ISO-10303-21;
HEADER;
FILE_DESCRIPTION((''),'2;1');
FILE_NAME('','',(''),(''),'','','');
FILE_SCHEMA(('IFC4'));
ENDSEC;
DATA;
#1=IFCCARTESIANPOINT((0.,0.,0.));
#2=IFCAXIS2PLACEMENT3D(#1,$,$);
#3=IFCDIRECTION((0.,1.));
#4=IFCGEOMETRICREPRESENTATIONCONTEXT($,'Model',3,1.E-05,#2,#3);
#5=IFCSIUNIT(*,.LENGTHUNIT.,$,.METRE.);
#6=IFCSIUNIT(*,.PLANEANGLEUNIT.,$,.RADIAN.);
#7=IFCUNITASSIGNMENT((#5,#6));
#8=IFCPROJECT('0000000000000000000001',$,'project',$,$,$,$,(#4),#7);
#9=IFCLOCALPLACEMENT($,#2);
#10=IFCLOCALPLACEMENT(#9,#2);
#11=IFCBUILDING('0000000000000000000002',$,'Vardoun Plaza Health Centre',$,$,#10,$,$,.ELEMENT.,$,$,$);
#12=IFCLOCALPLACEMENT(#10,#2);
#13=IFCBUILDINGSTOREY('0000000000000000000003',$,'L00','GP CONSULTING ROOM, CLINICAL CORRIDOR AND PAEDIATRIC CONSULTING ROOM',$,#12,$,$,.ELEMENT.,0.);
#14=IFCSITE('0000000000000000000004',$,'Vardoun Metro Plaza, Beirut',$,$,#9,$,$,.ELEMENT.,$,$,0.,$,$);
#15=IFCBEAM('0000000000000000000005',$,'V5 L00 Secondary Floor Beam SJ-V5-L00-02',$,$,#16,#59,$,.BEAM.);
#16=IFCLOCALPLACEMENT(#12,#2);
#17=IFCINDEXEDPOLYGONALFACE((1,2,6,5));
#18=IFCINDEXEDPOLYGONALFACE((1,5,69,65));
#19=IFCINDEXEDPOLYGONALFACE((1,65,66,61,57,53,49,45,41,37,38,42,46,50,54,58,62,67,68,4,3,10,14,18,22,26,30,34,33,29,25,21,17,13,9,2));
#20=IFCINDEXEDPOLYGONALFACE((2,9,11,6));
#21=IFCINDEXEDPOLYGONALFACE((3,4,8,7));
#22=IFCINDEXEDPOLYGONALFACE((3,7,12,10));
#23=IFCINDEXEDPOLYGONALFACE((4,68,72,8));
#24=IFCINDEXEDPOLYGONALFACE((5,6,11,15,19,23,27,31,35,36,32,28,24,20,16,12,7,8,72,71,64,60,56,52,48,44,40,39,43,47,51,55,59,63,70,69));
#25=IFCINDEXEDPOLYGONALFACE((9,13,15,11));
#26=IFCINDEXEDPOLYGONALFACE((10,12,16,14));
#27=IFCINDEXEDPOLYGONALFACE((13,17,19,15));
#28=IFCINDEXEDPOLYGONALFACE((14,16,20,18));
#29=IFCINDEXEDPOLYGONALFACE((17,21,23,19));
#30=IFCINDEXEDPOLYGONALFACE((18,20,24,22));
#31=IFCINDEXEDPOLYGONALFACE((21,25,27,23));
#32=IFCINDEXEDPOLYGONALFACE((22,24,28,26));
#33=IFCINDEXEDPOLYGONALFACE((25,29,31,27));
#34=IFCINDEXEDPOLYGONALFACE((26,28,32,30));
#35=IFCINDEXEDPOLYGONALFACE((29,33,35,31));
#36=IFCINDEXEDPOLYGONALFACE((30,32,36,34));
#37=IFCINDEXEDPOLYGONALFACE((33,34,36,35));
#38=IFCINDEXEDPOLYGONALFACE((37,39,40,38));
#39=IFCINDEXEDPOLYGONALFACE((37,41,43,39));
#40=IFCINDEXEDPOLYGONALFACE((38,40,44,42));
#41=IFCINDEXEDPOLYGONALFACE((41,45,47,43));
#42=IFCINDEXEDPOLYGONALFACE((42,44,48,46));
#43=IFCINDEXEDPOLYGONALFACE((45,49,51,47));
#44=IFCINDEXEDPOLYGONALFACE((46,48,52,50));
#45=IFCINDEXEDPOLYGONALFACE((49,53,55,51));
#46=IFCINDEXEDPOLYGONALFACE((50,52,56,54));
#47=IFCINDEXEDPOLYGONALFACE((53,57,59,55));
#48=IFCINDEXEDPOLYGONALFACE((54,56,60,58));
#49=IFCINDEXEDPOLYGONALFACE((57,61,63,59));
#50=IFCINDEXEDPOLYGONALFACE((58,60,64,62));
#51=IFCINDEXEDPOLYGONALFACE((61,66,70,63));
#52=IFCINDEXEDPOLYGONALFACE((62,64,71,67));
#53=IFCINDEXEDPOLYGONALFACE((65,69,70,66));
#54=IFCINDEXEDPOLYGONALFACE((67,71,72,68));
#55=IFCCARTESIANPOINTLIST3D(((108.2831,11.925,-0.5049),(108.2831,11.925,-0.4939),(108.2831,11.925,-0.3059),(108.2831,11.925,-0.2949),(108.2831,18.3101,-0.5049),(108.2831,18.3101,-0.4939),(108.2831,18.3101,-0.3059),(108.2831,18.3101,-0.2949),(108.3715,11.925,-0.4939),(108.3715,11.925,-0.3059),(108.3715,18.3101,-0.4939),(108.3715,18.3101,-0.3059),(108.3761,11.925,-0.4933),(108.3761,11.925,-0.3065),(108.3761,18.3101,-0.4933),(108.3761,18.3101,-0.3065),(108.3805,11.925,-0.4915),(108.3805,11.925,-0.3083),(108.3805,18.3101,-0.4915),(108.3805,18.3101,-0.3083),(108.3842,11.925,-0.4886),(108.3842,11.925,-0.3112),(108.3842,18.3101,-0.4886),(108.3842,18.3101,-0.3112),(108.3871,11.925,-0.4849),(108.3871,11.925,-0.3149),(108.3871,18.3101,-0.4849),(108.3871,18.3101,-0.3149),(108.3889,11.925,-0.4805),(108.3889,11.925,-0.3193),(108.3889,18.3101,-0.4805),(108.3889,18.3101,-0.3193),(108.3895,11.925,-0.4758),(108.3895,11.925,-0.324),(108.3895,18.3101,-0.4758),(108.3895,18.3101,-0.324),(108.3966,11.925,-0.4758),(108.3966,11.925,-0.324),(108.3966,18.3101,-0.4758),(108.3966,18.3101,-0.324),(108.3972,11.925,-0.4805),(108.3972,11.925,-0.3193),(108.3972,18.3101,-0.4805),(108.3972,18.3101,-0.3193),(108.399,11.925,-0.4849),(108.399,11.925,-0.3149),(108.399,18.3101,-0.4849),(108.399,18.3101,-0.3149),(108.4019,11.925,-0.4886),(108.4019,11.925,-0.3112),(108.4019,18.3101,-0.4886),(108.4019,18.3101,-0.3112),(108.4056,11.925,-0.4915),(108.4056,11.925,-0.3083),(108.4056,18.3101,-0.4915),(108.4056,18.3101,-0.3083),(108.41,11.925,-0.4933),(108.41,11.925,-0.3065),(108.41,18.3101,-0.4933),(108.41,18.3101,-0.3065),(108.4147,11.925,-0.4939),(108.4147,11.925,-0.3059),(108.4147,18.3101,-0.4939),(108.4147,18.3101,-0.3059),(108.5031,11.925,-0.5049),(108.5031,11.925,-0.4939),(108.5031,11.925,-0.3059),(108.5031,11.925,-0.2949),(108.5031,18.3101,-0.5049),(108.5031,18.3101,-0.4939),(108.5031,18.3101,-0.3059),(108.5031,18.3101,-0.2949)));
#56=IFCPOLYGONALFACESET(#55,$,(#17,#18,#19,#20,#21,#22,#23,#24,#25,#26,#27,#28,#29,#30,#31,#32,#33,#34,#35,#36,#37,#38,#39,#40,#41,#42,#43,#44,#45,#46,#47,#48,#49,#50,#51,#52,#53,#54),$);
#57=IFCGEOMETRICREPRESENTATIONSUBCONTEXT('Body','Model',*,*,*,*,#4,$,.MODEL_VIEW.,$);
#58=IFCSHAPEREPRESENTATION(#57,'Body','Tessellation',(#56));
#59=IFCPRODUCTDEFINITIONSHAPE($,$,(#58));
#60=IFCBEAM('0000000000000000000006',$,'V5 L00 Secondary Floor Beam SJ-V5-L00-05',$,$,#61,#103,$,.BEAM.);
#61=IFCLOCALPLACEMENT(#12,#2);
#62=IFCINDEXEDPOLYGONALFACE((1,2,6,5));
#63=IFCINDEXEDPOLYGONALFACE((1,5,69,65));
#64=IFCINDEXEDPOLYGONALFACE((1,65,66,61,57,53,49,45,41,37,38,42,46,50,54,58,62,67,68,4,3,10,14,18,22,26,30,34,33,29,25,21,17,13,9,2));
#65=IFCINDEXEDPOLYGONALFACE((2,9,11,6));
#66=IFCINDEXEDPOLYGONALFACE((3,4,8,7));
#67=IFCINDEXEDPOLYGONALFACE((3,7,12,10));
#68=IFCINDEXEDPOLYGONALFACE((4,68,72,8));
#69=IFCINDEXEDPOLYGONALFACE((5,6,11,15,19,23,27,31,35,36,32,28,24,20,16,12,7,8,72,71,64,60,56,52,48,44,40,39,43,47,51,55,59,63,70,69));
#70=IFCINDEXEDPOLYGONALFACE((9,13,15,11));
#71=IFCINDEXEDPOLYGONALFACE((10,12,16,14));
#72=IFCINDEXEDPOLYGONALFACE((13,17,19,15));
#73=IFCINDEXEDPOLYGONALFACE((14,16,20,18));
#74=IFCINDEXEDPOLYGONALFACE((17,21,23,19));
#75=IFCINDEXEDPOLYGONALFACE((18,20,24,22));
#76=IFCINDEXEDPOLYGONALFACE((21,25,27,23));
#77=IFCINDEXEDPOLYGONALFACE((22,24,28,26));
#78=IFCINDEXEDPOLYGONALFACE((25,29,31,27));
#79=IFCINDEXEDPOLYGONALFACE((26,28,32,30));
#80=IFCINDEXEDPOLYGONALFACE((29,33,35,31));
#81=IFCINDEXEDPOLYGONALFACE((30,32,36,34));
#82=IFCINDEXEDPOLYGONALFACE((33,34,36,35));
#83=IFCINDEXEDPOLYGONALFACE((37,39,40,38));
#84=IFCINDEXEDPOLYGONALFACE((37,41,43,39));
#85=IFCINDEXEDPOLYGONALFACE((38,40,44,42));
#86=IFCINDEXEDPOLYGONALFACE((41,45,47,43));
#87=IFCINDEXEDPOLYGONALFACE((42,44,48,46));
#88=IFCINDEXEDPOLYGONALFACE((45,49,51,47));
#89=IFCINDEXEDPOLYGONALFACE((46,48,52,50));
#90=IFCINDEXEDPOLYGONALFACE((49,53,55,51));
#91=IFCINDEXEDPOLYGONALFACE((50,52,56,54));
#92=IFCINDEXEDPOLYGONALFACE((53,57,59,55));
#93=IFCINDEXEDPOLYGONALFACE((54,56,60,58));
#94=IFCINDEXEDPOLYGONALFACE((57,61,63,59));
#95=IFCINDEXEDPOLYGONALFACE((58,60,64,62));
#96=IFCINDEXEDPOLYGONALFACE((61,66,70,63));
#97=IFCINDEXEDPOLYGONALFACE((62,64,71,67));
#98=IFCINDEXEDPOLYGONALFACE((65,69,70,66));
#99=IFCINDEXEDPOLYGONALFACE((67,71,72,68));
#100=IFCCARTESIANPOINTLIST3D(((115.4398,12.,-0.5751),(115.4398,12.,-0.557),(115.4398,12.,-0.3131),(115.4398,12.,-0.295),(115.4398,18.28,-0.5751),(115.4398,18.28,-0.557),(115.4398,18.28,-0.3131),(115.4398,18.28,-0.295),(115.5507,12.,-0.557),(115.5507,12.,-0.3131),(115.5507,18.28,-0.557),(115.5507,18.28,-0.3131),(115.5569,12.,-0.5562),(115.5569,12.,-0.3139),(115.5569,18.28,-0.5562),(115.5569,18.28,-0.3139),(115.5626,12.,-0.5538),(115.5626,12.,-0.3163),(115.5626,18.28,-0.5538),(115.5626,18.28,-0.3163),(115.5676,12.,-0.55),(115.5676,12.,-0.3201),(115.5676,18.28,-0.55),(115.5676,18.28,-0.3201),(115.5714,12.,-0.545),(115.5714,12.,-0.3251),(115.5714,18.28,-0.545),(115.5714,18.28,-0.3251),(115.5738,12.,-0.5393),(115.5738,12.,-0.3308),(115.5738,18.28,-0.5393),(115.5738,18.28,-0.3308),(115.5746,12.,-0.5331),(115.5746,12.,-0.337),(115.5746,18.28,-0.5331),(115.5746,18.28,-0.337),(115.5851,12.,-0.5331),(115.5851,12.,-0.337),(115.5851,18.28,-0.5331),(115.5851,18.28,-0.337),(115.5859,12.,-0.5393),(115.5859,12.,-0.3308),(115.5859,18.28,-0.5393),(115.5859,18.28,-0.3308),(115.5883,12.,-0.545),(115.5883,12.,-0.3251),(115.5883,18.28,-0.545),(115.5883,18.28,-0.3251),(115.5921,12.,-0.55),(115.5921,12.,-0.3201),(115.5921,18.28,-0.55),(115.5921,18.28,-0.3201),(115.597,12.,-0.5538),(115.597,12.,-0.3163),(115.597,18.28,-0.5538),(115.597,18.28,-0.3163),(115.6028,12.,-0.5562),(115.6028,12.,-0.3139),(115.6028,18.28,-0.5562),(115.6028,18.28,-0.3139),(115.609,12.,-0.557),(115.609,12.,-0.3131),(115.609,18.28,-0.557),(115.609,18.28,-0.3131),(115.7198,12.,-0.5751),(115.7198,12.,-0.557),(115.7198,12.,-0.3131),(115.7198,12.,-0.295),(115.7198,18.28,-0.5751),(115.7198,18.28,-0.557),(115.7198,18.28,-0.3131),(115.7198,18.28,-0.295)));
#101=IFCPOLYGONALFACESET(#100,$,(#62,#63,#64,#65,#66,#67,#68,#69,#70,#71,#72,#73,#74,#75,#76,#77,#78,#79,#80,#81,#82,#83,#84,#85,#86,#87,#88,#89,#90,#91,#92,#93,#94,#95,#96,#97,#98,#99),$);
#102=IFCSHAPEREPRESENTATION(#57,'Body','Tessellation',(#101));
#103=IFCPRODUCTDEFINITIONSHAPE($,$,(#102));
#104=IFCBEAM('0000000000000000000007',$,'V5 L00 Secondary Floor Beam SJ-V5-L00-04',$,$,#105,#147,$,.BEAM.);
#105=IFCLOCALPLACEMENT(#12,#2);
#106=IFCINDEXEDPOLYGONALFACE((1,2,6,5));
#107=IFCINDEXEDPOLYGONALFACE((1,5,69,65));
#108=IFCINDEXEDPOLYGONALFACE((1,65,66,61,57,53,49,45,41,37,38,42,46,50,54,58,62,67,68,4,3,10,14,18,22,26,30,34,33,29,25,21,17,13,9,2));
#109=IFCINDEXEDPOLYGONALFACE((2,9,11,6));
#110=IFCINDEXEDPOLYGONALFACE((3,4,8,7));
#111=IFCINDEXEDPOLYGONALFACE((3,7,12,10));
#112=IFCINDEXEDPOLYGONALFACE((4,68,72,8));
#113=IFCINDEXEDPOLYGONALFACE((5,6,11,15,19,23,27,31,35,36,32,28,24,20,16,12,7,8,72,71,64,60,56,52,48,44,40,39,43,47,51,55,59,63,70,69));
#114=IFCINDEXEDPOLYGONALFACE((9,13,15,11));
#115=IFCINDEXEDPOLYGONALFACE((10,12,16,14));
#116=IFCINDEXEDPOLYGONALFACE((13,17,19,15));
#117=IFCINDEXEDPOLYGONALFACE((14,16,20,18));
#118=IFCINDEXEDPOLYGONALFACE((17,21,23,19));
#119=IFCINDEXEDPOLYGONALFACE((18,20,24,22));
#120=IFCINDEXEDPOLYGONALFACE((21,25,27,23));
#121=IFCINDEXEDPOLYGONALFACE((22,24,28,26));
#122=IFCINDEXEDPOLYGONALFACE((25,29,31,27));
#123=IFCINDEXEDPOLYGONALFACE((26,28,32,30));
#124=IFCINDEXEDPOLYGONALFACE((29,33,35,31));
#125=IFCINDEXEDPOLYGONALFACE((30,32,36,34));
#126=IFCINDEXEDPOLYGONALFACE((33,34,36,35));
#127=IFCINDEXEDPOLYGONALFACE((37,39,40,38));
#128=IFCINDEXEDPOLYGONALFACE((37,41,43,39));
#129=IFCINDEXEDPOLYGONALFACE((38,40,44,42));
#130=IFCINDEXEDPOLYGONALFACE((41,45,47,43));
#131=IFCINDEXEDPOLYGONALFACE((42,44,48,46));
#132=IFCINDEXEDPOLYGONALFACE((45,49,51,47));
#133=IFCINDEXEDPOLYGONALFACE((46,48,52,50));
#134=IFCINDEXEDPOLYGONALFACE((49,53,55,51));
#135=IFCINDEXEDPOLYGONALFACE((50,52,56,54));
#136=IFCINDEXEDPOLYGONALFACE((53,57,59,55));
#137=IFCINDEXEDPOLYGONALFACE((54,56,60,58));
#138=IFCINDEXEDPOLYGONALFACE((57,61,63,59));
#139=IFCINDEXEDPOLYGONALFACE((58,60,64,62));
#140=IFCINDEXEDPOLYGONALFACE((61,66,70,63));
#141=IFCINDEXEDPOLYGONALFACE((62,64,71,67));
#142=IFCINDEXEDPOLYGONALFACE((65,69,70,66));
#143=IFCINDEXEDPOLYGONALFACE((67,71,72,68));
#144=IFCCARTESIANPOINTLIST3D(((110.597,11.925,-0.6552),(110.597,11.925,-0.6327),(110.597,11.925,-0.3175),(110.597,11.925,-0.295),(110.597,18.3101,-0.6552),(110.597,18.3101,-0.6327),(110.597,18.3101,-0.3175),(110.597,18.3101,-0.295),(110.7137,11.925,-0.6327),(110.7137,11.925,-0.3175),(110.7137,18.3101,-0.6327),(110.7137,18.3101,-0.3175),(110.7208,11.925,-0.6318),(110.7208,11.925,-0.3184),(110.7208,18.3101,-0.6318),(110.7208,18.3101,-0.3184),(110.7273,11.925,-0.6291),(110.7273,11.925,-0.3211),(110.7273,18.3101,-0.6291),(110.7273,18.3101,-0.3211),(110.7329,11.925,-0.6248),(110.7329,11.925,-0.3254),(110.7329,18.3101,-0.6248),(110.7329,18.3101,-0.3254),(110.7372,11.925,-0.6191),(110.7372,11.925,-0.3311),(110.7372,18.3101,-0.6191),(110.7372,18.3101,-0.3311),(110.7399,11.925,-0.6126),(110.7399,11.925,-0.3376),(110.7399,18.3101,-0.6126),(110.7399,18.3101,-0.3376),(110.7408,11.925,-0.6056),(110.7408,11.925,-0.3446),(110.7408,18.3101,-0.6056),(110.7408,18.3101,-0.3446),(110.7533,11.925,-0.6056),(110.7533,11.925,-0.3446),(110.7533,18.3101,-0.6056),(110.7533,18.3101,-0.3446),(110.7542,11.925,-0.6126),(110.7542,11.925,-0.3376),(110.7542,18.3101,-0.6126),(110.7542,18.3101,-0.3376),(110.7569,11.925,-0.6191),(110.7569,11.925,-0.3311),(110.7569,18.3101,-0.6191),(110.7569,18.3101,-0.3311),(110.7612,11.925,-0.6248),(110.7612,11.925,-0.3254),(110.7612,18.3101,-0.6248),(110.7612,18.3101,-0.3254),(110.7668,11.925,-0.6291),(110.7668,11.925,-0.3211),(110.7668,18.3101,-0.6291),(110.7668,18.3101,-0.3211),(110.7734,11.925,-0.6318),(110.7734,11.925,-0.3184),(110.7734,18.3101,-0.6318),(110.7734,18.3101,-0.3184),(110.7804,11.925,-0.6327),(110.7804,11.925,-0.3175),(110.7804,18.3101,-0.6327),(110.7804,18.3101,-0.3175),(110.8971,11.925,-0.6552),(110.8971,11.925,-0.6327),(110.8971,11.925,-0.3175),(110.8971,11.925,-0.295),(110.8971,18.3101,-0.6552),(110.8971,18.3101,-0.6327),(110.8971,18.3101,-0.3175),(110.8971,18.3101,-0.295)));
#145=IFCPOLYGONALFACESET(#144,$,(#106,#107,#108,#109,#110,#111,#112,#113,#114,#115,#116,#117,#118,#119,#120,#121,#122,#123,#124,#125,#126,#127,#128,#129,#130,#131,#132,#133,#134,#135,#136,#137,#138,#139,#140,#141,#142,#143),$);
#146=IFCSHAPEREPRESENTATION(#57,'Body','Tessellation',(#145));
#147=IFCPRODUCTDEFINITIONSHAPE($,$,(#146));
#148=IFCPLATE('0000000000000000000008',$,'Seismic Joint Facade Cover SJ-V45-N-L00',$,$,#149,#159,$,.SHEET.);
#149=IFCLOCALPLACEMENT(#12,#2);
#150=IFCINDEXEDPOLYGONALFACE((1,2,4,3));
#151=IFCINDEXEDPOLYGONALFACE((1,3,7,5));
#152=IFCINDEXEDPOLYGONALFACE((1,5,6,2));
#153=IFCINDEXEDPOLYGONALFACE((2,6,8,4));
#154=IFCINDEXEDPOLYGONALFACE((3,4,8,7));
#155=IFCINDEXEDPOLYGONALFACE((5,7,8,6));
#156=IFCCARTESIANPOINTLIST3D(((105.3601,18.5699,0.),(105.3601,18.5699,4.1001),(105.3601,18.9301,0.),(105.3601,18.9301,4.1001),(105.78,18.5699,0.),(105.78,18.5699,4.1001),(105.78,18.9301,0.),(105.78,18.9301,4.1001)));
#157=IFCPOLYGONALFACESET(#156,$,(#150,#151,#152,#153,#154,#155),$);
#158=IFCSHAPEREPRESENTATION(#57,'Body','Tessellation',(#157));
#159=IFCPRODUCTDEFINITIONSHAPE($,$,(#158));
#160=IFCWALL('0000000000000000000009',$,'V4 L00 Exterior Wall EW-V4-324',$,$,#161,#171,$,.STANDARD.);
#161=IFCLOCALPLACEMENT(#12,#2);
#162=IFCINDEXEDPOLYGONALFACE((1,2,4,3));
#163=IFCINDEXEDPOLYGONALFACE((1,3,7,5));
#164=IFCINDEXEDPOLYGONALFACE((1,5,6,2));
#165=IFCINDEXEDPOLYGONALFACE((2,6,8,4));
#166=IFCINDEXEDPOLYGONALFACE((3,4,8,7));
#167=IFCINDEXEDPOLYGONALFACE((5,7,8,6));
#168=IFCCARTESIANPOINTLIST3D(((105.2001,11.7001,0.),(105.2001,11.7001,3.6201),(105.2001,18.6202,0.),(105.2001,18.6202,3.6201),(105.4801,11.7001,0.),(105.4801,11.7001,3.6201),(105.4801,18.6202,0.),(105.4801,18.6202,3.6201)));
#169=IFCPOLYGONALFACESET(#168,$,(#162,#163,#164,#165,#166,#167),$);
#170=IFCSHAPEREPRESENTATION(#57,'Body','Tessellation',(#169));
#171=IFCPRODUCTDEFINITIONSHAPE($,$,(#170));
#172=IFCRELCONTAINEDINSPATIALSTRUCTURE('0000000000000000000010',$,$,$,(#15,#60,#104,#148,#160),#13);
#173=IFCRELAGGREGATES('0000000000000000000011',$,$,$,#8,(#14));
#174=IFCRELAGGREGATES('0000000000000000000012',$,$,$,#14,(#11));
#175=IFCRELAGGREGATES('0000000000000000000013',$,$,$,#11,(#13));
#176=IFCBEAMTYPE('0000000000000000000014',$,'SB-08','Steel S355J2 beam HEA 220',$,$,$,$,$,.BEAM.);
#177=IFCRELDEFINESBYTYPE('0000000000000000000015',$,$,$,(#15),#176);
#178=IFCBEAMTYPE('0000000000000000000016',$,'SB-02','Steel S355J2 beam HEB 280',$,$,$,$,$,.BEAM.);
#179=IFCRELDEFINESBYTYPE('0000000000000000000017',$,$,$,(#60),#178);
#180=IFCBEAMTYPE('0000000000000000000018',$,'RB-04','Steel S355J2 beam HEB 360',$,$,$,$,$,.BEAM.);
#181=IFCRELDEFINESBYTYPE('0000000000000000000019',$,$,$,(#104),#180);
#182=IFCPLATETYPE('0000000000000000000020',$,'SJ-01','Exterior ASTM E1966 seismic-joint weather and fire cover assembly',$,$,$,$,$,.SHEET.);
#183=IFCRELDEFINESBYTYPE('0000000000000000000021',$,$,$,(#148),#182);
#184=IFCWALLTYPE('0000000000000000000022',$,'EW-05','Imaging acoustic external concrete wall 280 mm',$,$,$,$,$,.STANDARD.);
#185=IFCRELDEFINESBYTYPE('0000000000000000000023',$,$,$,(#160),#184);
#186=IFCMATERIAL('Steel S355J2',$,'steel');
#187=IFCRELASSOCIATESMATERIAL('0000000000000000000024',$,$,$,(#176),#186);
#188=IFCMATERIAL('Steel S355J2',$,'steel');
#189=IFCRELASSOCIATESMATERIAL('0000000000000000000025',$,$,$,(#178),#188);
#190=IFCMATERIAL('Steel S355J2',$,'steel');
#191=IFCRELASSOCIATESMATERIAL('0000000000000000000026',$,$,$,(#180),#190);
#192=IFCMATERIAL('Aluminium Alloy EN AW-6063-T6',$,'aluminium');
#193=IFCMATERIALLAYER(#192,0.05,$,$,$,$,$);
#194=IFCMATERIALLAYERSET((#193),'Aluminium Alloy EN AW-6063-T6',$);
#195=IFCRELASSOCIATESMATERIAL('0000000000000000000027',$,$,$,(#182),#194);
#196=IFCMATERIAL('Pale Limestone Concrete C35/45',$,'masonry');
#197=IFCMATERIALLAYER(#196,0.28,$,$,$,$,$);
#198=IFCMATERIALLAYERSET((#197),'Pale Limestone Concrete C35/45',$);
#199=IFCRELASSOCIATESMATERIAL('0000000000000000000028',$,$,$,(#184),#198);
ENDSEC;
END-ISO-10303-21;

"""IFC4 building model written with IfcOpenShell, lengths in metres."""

from ifc_helpers import new_model, si_unit, direction, frame, frame_2d, origin, origin_2d, place, context, subcontext, project, spatial, rectangle, i_section, extrude, material, layer, layer_set, material_profile, profile_set, type_object, element, save


model = new_model("IFC4")

# Units and contexts
model_context = context("Model", 3, precision=1e-05, world=origin(), true_north=direction((0.0, 1.0)))
body_context = subcontext(model_context, "Body", "Model", "MODEL_VIEW")
ifc_project = project(units=[si_unit("LENGTHUNIT", "METRE"), si_unit("PLANEANGLEUNIT", "RADIAN")], contexts=[model_context])

# Site, building, storey
site_placement = place(None, origin())
site = spatial("IfcSite", under=ifc_project, at=site_placement, Name="Vardoun Metro Plaza, Beirut", CompositionType="ELEMENT", RefElevation=0.0)
building_placement = place(site_placement, origin())
building = spatial("IfcBuilding", under=site, at=building_placement, Name="Vardoun Plaza Health Centre", CompositionType="ELEMENT")
storey_placement = place(building_placement, origin())
storey = spatial("IfcBuildingStorey", under=building, at=storey_placement, Name="L00", Description="GP CONSULTING ROOM, CLINICAL CORRIDOR AND PAEDIATRIC CONSULTING ROOM", CompositionType="ELEMENT", Elevation=0.0)

# Beams
ifc_material_1 = material(Name="Steel S355J2", Category="steel")
ifc_material_profile_1 = material_profile(ifc_material_1, i_section(OverallWidth=0.22, OverallDepth=0.21, WebThickness=0.0071, FlangeThickness=0.011, FilletRadius=0.0181, at=origin_2d()), Name="HEA 220")
ifc_profile_set_1 = profile_set([ifc_material_profile_1], Name="Steel S355J2")
beam_type_1 = type_object("IfcBeamType", Name="SB-08", Description="Steel S355J2 beam HEA 220", PredefinedType="BEAM", material=ifc_profile_set_1)
beam_1_placement = place(storey_placement, frame((108.3931, 11.925, -0.3999), z_axis=(0.0, 1.0, 0.0), x_axis=(-1.0, 0.0, 0.0)))
element("IfcBeam", 1, at=beam_1_placement, inside=storey, type_object=beam_type_1, Name="V5 L00 Secondary Floor Beam SJ-V5-L00-02", PredefinedType="BEAM", context=body_context, shape_type="SweptSolid", body=[
    extrude(i_section(OverallWidth=0.22, OverallDepth=0.21, WebThickness=0.0071, FlangeThickness=0.011, FilletRadius=0.0181, at=origin_2d()), origin(), (0.0, 0.0, 1.0), 6.385),
])
ifc_material_2 = material(Name="Steel S355J2", Category="steel")
ifc_material_profile_2 = material_profile(ifc_material_2, i_section(OverallWidth=0.28, OverallDepth=0.28, WebThickness=0.0105, FlangeThickness=0.0181, FilletRadius=0.0239, at=origin_2d()), Name="HEB 280")
ifc_profile_set_2 = profile_set([ifc_material_profile_2], Name="Steel S355J2")
beam_type_2 = type_object("IfcBeamType", Name="SB-02", Description="Steel S355J2 beam HEB 280", PredefinedType="BEAM", material=ifc_profile_set_2)
beam_2_placement = place(storey_placement, frame((115.5798, 12.0, -0.4351), z_axis=(0.0, 1.0, 0.0), x_axis=(-1.0, 0.0, 0.0)))
element("IfcBeam", 2, at=beam_2_placement, inside=storey, type_object=beam_type_2, Name="V5 L00 Secondary Floor Beam SJ-V5-L00-05", PredefinedType="BEAM", context=body_context, shape_type="SweptSolid", body=[
    extrude(i_section(OverallWidth=0.28, OverallDepth=0.28, WebThickness=0.0105, FlangeThickness=0.0181, FilletRadius=0.0239, at=origin_2d()), origin(), (0.0, 0.0, 1.0), 6.28),
])
ifc_material_3 = material(Name="Steel S355J2", Category="steel")
ifc_material_profile_3 = material_profile(ifc_material_3, i_section(OverallWidth=0.3, OverallDepth=0.3601, WebThickness=0.0125, FlangeThickness=0.0225, FilletRadius=0.0271, at=origin_2d()), Name="HEB 360")
ifc_profile_set_3 = profile_set([ifc_material_profile_3], Name="Steel S355J2")
beam_type_3 = type_object("IfcBeamType", Name="RB-04", Description="Steel S355J2 beam HEB 360", PredefinedType="BEAM", material=ifc_profile_set_3)
beam_3_placement = place(storey_placement, frame((110.7471, 11.925, -0.4751), z_axis=(0.0, 1.0, 0.0), x_axis=(-1.0, 0.0, 0.0)))
element("IfcBeam", 3, at=beam_3_placement, inside=storey, type_object=beam_type_3, Name="V5 L00 Secondary Floor Beam SJ-V5-L00-04", PredefinedType="BEAM", context=body_context, shape_type="SweptSolid", body=[
    extrude(i_section(OverallWidth=0.3, OverallDepth=0.3601, WebThickness=0.0125, FlangeThickness=0.0225, FilletRadius=0.0271, at=origin_2d()), origin(), (0.0, 0.0, 1.0), 6.385),
])

# Plate
ifc_material_4 = material(Name="Aluminium Alloy EN AW-6063-T6", Category="aluminium")
ifc_layer_1 = layer(ifc_material_4, 0.05)
ifc_layer_set_1 = layer_set([ifc_layer_1], Name="Aluminium Alloy EN AW-6063-T6")
plate_type = type_object("IfcPlateType", Name="SJ-01", Description="Exterior ASTM E1966 seismic-joint weather and fire cover assembly", PredefinedType="SHEET", material=ifc_layer_set_1)
plate_placement = place(storey_placement, frame((105.5701, 18.75, 0.0), z_axis=(0.0, 0.0, 1.0), x_axis=(1.0, 0.0, 0.0)))
element("IfcPlate", 4, at=plate_placement, inside=storey, type_object=plate_type, Name="Seismic Joint Facade Cover SJ-V45-N-L00", PredefinedType="SHEET", context=body_context, shape_type="SweptSolid", body=[
    extrude(rectangle(XDim=0.4199, YDim=0.3601, at=origin_2d()), origin(), (0.0, 0.0, 1.0), 4.1001),
])

# Wall
ifc_material_5 = material(Name="Pale Limestone Concrete C35/45", Category="masonry")
ifc_layer_2 = layer(ifc_material_5, 0.28)
ifc_layer_set_2 = layer_set([ifc_layer_2], Name="Pale Limestone Concrete C35/45")
wall_type_1 = type_object("IfcWallType", Name="EW-05", Description="Imaging acoustic external concrete wall 280 mm", PredefinedType="STANDARD", material=ifc_layer_set_2)
wall_1_placement = place(storey_placement, frame((105.3401, 18.6201, 0.0), z_axis=(0.0, 0.0, 1.0), x_axis=(0.0, -1.0, 0.0)))
element("IfcWall", 5, at=wall_1_placement, inside=storey, type_object=wall_type_1, Name="V4 L00 Exterior Wall EW-V4-324", PredefinedType="STANDARD", context=body_context, shape_type="SweptSolid", body=[
    extrude(rectangle(XDim=6.9202, YDim=0.28, at=frame_2d((3.46, 0.0))), origin(), (0.0, 0.0, 1.0), 3.6201),
])

save(model, "model.ifc")
